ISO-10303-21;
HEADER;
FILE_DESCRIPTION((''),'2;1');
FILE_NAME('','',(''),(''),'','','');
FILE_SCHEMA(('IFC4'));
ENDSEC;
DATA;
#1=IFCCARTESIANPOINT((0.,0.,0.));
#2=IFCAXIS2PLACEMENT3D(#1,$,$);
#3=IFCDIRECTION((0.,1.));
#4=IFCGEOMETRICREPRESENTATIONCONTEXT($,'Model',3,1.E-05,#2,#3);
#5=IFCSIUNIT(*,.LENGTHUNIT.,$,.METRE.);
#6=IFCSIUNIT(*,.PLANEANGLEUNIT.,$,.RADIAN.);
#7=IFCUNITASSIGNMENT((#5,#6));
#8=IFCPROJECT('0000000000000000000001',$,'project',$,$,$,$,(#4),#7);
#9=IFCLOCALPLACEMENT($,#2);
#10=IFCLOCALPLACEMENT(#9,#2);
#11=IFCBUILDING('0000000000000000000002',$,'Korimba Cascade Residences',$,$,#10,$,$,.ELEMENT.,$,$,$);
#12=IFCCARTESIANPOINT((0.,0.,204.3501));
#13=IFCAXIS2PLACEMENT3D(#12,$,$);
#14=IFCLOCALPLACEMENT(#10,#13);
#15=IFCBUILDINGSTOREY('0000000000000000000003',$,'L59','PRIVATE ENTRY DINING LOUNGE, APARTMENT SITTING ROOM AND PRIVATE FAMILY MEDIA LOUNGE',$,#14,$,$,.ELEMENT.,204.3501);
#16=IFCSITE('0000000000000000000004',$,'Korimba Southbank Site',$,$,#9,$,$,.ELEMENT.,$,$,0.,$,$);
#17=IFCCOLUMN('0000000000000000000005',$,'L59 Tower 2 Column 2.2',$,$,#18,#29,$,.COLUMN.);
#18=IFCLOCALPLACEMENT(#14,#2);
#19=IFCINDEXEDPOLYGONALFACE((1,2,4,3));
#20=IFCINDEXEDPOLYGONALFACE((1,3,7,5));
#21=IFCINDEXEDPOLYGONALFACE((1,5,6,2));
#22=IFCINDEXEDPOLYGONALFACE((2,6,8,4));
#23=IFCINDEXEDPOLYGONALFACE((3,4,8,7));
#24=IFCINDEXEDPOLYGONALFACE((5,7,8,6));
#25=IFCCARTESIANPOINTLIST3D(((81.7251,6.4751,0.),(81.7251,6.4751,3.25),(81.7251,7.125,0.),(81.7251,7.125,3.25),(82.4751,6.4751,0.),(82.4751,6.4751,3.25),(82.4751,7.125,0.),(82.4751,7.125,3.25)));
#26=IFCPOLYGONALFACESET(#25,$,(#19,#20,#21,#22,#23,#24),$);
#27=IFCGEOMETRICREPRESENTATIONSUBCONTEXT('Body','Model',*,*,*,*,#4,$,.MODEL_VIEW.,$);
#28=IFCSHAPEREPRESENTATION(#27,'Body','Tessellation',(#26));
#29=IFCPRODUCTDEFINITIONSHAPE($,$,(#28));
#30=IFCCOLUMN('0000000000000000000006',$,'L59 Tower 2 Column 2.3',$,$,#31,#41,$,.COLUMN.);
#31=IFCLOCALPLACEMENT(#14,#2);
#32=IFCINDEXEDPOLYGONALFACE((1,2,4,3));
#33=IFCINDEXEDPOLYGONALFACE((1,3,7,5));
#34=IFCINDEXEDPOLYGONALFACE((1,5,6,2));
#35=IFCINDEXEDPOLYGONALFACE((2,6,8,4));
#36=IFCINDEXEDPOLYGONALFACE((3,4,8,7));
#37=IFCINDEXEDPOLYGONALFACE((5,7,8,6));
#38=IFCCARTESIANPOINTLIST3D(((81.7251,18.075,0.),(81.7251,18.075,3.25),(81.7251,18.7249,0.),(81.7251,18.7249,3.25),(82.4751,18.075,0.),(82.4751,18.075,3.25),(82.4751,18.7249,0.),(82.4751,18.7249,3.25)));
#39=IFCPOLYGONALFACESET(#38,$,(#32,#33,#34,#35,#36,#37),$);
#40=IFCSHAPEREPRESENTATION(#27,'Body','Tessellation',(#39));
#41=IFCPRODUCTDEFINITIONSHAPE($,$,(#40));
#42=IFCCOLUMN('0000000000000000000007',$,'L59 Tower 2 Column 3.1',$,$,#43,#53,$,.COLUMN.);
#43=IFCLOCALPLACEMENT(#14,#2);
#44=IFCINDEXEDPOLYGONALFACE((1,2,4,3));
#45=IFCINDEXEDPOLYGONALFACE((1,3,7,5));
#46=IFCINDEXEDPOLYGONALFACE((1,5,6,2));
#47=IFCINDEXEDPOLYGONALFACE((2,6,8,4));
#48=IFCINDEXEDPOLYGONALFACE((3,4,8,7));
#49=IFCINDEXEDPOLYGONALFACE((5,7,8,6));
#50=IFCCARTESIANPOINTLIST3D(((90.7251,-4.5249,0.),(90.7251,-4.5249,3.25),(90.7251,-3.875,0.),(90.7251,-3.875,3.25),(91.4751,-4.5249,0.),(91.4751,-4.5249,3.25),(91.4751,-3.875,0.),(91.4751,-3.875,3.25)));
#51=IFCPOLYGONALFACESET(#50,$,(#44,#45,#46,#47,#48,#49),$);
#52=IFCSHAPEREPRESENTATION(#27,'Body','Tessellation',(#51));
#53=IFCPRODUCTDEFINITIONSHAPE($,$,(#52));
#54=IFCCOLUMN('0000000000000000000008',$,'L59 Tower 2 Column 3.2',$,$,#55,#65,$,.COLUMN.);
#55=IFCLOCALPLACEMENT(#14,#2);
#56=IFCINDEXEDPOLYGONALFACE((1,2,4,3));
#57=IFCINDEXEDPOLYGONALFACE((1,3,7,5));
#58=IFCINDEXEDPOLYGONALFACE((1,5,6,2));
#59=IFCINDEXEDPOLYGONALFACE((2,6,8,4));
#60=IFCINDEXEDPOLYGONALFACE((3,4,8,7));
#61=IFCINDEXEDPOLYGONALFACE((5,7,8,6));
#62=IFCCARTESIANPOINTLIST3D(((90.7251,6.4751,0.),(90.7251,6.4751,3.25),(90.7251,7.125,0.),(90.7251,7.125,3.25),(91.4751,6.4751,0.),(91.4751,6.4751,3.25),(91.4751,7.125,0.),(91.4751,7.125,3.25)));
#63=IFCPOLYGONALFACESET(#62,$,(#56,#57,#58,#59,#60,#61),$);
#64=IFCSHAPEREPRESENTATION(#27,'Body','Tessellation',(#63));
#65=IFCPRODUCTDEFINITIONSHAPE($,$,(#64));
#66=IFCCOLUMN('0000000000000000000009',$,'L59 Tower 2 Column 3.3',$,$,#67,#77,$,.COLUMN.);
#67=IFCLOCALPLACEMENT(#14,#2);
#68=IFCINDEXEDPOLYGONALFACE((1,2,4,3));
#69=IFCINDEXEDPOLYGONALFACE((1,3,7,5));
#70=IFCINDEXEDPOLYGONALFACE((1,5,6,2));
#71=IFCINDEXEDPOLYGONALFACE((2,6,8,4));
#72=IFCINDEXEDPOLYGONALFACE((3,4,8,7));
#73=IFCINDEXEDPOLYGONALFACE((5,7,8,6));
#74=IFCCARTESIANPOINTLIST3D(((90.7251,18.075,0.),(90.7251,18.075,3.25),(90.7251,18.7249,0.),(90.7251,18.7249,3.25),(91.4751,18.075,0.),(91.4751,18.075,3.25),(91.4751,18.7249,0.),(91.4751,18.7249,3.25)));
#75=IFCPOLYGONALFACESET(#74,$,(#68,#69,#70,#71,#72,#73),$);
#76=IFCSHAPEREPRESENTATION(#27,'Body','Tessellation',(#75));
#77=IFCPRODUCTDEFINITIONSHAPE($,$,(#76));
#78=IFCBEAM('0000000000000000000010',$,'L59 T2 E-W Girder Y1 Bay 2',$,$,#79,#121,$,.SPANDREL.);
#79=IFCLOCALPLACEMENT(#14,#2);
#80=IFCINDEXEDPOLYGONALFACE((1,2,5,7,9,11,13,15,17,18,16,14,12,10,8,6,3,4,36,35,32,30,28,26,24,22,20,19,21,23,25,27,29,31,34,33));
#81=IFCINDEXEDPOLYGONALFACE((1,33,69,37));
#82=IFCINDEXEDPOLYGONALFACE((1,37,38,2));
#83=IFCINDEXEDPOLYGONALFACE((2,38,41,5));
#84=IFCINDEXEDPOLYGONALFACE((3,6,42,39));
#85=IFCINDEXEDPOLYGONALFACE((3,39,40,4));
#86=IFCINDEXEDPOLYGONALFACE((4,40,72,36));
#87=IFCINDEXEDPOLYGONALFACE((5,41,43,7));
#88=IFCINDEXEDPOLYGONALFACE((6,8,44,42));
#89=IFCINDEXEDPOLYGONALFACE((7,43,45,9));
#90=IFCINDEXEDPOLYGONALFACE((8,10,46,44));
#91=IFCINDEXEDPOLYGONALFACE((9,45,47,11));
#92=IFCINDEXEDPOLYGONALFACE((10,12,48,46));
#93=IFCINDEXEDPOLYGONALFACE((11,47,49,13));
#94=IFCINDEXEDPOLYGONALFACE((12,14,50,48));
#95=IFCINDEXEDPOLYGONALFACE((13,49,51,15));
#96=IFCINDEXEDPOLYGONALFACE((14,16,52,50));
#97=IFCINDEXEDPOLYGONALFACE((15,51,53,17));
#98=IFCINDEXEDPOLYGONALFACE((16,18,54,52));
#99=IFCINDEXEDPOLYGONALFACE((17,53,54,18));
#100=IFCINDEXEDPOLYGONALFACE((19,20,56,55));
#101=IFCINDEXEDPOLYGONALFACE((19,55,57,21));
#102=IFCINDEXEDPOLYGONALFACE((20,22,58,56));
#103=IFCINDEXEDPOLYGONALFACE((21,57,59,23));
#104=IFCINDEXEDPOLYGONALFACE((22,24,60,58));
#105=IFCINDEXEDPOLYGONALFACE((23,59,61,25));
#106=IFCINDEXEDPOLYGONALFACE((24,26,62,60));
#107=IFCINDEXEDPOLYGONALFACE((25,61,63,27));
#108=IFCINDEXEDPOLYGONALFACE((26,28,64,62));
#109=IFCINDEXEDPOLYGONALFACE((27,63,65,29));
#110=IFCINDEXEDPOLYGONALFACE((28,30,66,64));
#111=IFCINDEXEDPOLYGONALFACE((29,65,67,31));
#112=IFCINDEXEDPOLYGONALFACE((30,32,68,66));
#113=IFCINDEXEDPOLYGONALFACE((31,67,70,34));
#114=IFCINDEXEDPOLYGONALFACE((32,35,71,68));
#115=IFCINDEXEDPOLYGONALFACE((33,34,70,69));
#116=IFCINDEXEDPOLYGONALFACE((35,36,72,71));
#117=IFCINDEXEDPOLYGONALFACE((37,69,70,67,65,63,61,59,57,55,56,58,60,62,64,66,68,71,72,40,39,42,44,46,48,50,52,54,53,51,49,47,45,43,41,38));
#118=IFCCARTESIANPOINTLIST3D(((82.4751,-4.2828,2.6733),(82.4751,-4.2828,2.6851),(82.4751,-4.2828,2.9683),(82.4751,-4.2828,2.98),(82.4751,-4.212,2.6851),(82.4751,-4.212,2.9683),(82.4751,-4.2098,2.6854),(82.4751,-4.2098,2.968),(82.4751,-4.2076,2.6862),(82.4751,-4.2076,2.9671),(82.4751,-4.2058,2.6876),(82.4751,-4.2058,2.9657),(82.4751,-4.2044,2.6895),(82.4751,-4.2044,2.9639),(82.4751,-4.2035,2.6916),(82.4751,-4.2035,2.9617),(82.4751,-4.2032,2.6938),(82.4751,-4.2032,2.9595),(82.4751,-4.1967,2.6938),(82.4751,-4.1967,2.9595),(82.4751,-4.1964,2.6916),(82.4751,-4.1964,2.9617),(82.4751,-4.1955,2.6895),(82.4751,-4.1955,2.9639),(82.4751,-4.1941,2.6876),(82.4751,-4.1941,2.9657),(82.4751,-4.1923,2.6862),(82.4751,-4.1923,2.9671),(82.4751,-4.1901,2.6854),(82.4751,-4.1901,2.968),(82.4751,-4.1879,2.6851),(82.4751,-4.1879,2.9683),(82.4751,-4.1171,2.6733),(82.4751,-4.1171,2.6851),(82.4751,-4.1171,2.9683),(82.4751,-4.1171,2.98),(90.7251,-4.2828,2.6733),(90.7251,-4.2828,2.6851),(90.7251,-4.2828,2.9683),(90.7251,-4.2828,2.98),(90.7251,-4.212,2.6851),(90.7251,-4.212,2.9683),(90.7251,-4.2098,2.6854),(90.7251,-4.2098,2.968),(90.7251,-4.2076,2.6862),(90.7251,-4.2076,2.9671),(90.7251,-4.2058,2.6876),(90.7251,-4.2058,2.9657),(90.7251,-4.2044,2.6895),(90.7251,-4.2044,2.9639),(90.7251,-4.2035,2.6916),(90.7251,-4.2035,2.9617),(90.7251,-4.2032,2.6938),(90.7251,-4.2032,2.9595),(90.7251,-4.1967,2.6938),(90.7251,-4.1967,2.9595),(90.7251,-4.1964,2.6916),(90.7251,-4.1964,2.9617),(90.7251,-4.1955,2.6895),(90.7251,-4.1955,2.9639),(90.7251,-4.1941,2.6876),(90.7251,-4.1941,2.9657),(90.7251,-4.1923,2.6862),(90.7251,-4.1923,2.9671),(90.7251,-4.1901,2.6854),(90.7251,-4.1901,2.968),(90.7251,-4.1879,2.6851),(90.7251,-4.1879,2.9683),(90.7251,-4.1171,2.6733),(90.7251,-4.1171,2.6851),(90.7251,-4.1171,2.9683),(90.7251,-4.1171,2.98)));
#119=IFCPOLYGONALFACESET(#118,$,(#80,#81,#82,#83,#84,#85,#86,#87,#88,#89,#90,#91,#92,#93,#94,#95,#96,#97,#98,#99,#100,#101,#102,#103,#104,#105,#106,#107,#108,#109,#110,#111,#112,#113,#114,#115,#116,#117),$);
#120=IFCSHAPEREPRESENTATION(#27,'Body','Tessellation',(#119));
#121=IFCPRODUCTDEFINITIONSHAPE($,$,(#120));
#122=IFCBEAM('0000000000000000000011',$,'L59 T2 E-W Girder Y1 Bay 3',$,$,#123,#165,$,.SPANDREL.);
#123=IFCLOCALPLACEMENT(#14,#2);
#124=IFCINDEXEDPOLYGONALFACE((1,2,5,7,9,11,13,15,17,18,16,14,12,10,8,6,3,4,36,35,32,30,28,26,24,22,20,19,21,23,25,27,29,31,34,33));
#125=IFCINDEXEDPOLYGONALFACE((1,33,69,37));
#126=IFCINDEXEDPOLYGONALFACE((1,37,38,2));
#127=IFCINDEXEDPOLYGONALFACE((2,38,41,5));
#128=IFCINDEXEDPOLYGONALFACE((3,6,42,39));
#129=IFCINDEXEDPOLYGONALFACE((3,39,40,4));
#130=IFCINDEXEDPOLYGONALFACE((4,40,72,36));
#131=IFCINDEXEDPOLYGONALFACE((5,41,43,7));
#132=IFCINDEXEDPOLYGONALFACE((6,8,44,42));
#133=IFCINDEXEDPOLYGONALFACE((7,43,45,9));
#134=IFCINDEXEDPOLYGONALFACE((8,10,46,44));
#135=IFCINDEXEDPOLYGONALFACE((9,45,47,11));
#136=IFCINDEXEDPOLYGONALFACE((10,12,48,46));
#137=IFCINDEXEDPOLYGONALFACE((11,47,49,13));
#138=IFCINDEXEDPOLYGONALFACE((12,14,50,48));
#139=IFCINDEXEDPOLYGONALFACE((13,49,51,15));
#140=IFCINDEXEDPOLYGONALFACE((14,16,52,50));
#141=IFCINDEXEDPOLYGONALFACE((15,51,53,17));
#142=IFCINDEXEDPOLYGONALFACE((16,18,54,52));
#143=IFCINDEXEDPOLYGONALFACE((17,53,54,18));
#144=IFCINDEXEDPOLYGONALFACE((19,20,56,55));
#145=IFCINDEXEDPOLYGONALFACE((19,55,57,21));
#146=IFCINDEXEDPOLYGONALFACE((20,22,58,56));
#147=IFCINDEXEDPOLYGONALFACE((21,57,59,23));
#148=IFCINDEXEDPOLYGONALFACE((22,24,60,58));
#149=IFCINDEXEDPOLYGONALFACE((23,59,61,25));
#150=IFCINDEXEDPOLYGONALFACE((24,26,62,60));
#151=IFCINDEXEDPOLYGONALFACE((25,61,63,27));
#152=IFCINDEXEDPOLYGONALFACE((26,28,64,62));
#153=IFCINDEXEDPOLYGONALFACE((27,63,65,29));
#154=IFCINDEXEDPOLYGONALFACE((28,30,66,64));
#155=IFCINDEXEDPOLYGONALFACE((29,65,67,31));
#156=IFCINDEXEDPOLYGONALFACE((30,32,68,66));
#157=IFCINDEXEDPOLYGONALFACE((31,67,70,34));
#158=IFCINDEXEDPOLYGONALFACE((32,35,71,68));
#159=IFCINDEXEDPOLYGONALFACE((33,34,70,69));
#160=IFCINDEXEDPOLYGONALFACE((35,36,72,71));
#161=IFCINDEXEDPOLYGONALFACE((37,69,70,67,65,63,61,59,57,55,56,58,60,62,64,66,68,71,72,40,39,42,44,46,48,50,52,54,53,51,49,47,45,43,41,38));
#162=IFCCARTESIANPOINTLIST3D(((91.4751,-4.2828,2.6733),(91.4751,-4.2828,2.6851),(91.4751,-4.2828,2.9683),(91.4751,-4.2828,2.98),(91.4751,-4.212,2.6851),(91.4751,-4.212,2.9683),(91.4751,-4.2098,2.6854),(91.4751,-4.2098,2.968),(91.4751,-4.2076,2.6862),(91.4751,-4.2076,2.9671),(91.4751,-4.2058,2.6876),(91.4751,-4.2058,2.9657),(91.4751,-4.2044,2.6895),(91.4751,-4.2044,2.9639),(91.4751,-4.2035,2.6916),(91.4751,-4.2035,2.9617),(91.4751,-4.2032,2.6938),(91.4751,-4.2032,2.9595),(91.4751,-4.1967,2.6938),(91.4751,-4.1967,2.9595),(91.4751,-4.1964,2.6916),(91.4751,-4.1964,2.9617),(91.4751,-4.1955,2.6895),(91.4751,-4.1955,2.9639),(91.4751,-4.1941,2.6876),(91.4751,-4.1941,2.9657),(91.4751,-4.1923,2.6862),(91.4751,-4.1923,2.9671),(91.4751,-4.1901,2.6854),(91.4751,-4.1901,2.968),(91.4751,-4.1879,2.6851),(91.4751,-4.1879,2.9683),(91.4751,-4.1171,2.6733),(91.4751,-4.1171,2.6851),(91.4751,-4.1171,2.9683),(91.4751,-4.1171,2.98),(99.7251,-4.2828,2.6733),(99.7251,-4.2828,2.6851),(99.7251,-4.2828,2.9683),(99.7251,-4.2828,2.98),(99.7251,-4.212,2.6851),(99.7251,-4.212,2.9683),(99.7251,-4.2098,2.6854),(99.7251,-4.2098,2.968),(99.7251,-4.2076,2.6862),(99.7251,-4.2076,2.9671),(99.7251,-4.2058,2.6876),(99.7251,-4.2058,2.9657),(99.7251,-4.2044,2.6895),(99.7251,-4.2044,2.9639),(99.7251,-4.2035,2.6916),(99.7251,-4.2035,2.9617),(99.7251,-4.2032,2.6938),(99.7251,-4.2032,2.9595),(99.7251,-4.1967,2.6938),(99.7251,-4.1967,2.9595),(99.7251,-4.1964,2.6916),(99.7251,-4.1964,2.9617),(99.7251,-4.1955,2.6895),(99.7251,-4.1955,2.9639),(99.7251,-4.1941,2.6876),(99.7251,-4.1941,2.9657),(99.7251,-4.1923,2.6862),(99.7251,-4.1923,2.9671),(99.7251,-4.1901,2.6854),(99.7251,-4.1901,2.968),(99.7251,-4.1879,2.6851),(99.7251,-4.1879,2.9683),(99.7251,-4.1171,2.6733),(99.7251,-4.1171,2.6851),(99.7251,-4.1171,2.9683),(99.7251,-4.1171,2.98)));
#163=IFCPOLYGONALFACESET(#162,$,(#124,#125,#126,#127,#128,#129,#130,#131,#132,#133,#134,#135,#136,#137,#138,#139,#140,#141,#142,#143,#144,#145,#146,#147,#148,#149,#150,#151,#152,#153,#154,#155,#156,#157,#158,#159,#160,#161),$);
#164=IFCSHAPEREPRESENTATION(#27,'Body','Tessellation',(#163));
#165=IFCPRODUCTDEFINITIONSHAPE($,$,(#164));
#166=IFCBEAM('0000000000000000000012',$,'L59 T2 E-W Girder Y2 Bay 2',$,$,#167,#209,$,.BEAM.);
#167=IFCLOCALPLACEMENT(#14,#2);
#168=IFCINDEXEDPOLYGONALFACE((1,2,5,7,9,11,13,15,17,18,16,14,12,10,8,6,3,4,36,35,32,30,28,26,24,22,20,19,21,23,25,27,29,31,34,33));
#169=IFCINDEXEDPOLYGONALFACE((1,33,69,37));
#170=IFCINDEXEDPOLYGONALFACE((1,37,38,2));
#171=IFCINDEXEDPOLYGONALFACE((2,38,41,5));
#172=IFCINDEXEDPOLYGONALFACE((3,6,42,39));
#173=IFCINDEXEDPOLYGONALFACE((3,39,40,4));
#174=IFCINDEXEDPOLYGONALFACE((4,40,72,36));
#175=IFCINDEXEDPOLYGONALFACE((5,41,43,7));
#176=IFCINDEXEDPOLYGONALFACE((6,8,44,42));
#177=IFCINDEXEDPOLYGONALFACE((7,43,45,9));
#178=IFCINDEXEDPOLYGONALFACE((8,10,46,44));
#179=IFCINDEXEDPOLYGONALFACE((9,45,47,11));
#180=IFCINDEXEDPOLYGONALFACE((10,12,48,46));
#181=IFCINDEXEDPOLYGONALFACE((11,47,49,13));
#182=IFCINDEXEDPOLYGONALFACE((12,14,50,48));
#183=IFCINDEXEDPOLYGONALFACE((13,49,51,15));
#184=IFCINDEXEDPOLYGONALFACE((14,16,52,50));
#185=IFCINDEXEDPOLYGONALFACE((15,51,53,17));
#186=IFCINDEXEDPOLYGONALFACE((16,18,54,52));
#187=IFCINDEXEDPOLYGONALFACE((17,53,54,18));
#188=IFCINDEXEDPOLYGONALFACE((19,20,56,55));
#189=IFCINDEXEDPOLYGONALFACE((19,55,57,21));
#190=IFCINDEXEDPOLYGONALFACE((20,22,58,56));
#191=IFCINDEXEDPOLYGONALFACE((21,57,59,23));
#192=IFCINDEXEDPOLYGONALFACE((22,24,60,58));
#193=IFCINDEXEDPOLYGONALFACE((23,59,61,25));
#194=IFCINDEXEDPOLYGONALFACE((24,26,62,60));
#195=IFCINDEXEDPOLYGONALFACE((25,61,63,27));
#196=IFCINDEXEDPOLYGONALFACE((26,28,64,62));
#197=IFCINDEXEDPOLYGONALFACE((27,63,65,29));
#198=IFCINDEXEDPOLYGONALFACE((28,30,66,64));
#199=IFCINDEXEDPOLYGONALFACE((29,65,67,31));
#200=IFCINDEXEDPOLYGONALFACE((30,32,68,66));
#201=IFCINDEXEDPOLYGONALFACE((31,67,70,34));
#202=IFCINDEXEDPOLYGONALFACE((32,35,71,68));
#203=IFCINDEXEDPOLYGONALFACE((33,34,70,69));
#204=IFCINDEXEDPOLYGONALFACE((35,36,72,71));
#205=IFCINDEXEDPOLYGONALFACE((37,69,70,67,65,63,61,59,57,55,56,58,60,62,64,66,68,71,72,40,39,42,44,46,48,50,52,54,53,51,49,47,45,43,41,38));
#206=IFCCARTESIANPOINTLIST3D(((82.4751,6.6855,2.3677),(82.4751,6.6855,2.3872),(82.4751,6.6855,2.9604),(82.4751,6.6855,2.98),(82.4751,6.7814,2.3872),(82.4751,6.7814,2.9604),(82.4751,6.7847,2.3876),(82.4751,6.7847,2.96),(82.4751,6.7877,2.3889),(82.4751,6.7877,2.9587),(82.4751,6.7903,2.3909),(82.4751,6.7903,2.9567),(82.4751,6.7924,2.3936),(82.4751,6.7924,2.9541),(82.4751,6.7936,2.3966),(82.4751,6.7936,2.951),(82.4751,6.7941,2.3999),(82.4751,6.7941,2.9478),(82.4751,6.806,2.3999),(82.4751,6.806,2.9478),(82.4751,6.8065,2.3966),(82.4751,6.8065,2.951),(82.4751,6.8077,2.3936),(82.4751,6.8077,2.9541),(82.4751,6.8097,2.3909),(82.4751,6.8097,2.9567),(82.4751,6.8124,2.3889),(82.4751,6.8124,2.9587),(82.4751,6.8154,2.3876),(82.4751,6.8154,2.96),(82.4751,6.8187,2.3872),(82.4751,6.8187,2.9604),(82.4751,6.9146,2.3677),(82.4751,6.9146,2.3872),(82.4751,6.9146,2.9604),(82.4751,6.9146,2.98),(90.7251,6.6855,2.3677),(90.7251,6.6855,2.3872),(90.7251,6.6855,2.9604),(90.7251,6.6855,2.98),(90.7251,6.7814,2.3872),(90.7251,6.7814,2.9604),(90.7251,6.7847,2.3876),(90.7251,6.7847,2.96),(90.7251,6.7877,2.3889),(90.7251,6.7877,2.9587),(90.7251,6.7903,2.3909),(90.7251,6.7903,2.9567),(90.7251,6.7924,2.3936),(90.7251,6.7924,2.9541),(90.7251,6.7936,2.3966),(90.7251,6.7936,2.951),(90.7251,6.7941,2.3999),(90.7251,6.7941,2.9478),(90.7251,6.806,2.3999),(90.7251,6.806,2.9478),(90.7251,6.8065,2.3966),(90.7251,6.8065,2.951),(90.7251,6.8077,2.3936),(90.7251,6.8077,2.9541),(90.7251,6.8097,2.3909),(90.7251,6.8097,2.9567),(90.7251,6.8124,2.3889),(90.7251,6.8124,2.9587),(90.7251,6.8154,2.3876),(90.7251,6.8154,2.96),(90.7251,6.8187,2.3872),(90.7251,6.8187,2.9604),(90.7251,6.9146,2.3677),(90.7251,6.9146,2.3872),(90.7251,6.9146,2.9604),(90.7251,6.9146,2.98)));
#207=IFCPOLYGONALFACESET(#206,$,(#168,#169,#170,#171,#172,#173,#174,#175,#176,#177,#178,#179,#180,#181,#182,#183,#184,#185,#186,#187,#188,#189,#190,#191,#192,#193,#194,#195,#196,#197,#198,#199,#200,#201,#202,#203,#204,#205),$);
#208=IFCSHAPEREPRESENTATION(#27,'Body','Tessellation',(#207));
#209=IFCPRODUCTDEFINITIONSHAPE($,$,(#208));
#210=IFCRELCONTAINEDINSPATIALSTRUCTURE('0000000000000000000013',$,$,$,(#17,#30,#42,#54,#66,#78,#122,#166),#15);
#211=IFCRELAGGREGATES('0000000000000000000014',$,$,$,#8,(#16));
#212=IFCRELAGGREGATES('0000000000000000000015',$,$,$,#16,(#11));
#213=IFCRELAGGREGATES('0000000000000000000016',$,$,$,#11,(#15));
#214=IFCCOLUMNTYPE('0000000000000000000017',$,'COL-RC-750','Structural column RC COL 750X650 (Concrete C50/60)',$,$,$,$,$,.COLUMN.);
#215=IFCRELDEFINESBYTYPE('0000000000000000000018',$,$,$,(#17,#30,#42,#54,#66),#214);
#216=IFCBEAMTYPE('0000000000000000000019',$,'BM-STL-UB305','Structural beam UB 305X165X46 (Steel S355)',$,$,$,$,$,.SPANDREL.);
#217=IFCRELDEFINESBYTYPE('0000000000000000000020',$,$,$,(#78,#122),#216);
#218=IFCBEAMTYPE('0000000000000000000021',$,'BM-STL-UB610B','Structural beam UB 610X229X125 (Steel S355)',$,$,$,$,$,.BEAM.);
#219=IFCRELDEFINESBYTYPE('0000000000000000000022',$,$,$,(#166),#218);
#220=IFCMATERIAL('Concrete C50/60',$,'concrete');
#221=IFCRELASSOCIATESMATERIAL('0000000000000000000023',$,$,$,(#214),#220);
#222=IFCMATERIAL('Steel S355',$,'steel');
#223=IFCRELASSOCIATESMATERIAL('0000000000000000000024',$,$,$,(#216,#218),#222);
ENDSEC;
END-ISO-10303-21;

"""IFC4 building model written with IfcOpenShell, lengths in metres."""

from ifc_helpers import new_model, si_unit, direction, frame, origin, origin_2d, place, context, subcontext, project, spatial, rectangle, i_section, extrude, material, material_profile, profile_set, type_object, element, save


model = new_model("IFC4")

# Units and contexts
model_context = context("Model", 3, precision=1e-05, world=origin(), true_north=direction((0.0, 1.0)))
body_context = subcontext(model_context, "Body", "Model", "MODEL_VIEW")
ifc_project = project(units=[si_unit("LENGTHUNIT", "METRE"), si_unit("PLANEANGLEUNIT", "RADIAN")], contexts=[model_context])

# Site, building, storey
site_placement = place(None, origin())
site = spatial("IfcSite", under=ifc_project, at=site_placement, Name="Korimba Southbank Site", CompositionType="ELEMENT", RefElevation=0.0)
building_placement = place(site_placement, origin())
building = spatial("IfcBuilding", under=site, at=building_placement, Name="Korimba Cascade Residences", CompositionType="ELEMENT")
storey_placement = place(building_placement, frame((0.0, 0.0, 204.3501)))
storey = spatial("IfcBuildingStorey", under=building, at=storey_placement, Name="L59", Description="PRIVATE ENTRY DINING LOUNGE, APARTMENT SITTING ROOM AND PRIVATE FAMILY MEDIA LOUNGE", CompositionType="ELEMENT", Elevation=204.3501)

# Columns
ifc_material_1 = material(Name="Concrete C50/60", Category="concrete")
ifc_material_profile_1 = material_profile(ifc_material_1, rectangle(XDim=0.75, YDim=0.6499, at=origin_2d()), Name="Concrete C50/60")
ifc_profile_set_1 = profile_set([ifc_material_profile_1], Name="Concrete C50/60")
column_type = type_object("IfcColumnType", Name="COL-RC-750", Description="Structural column RC COL 750X650 (Concrete C50/60)", PredefinedType="COLUMN", material=ifc_profile_set_1)
for number, where, z_axis, x_axis, name in (
    (1, (82.1001, 6.8, 0.0), (0.0, 0.0, 1.0), (1.0, 0.0, 0.0), "L59 Tower 2 Column 2.2"),
    (2, (82.1001, 18.3999, 0.0), (0.0, 0.0, 1.0), (1.0, 0.0, 0.0), "L59 Tower 2 Column 2.3"),
    (3, (91.1001, -4.2, 0.0), (0.0, 0.0, 1.0), (1.0, 0.0, 0.0), "L59 Tower 2 Column 3.1"),
    (4, (91.1001, 6.8, 0.0), (0.0, 0.0, 1.0), (1.0, 0.0, 0.0), "L59 Tower 2 Column 3.2"),
    (5, (91.1001, 18.3999, 0.0), (0.0, 0.0, 1.0), (1.0, 0.0, 0.0), "L59 Tower 2 Column 3.3"),
):
    element("IfcColumn", number, at=place(storey_placement, frame(where, z_axis=z_axis, x_axis=x_axis)), inside=storey, type_object=column_type, Name=name, PredefinedType="COLUMN", context=body_context, shape_type="SweptSolid", body=[
        extrude(rectangle(XDim=0.75, YDim=0.6499, at=origin_2d()), origin(), (0.0, 0.0, 1.0), 3.25),
    ])

# Beams
ifc_material_2 = material(Name="Steel S355", Category="steel")
ifc_material_profile_2 = material_profile(ifc_material_2, i_section(OverallWidth=0.1658, OverallDepth=0.3066, WebThickness=0.0066, FlangeThickness=0.0117, FilletRadius=0.0088, at=origin_2d()), Name="Steel S355")
ifc_profile_set_2 = profile_set([ifc_material_profile_2], Name="Steel S355")
beam_type_1 = type_object("IfcBeamType", Name="BM-STL-UB305", Description="Structural beam UB 305X165X46 (Steel S355)", PredefinedType="SPANDREL", material=ifc_profile_set_2)
for number, where, z_axis, x_axis, name in (
    (6, (82.4751, -4.2, 2.8267), (1.0, 0.0, 0.0), (0.0, 1.0, 0.0), "L59 T2 E-W Girder Y1 Bay 2"),
    (7, (91.4751, -4.2, 2.8267), (1.0, 0.0, 0.0), (0.0, 1.0, 0.0), "L59 T2 E-W Girder Y1 Bay 3"),
):
    element("IfcBeam", number, at=place(storey_placement, frame(where, z_axis=z_axis, x_axis=x_axis)), inside=storey, type_object=beam_type_1, Name=name, PredefinedType="SPANDREL", context=body_context, shape_type="SweptSolid", body=[
        extrude(i_section(OverallWidth=0.1658, OverallDepth=0.3066, WebThickness=0.0066, FlangeThickness=0.0117, FilletRadius=0.0088, at=origin_2d()), origin(), (0.0, 0.0, 1.0), 8.25),
    ])
ifc_material_profile_3 = material_profile(ifc_material_2, i_section(OverallWidth=0.229, OverallDepth=0.6123, WebThickness=0.012, FlangeThickness=0.0195, FilletRadius=0.0127, at=origin_2d()), Name="Steel S355")
ifc_profile_set_3 = profile_set([ifc_material_profile_3], Name="Steel S355")
beam_type_2 = type_object("IfcBeamType", Name="BM-STL-UB610B", Description="Structural beam UB 610X229X125 (Steel S355)", PredefinedType="BEAM", material=ifc_profile_set_3)
for number, where, z_axis, x_axis, name in (
    (8, (82.4751, 6.8, 2.6738), (1.0, 0.0, 0.0), (0.0, 1.0, 0.0), "L59 T2 E-W Girder Y2 Bay 2"),
):
    element("IfcBeam", number, at=place(storey_placement, frame(where, z_axis=z_axis, x_axis=x_axis)), inside=storey, type_object=beam_type_2, Name=name, PredefinedType="BEAM", context=body_context, shape_type="SweptSolid", body=[
        extrude(i_section(OverallWidth=0.229, OverallDepth=0.6123, WebThickness=0.012, FlangeThickness=0.0195, FilletRadius=0.0127, at=origin_2d()), origin(), (0.0, 0.0, 1.0), 8.25),
    ])

save(model, "model.ifc")
